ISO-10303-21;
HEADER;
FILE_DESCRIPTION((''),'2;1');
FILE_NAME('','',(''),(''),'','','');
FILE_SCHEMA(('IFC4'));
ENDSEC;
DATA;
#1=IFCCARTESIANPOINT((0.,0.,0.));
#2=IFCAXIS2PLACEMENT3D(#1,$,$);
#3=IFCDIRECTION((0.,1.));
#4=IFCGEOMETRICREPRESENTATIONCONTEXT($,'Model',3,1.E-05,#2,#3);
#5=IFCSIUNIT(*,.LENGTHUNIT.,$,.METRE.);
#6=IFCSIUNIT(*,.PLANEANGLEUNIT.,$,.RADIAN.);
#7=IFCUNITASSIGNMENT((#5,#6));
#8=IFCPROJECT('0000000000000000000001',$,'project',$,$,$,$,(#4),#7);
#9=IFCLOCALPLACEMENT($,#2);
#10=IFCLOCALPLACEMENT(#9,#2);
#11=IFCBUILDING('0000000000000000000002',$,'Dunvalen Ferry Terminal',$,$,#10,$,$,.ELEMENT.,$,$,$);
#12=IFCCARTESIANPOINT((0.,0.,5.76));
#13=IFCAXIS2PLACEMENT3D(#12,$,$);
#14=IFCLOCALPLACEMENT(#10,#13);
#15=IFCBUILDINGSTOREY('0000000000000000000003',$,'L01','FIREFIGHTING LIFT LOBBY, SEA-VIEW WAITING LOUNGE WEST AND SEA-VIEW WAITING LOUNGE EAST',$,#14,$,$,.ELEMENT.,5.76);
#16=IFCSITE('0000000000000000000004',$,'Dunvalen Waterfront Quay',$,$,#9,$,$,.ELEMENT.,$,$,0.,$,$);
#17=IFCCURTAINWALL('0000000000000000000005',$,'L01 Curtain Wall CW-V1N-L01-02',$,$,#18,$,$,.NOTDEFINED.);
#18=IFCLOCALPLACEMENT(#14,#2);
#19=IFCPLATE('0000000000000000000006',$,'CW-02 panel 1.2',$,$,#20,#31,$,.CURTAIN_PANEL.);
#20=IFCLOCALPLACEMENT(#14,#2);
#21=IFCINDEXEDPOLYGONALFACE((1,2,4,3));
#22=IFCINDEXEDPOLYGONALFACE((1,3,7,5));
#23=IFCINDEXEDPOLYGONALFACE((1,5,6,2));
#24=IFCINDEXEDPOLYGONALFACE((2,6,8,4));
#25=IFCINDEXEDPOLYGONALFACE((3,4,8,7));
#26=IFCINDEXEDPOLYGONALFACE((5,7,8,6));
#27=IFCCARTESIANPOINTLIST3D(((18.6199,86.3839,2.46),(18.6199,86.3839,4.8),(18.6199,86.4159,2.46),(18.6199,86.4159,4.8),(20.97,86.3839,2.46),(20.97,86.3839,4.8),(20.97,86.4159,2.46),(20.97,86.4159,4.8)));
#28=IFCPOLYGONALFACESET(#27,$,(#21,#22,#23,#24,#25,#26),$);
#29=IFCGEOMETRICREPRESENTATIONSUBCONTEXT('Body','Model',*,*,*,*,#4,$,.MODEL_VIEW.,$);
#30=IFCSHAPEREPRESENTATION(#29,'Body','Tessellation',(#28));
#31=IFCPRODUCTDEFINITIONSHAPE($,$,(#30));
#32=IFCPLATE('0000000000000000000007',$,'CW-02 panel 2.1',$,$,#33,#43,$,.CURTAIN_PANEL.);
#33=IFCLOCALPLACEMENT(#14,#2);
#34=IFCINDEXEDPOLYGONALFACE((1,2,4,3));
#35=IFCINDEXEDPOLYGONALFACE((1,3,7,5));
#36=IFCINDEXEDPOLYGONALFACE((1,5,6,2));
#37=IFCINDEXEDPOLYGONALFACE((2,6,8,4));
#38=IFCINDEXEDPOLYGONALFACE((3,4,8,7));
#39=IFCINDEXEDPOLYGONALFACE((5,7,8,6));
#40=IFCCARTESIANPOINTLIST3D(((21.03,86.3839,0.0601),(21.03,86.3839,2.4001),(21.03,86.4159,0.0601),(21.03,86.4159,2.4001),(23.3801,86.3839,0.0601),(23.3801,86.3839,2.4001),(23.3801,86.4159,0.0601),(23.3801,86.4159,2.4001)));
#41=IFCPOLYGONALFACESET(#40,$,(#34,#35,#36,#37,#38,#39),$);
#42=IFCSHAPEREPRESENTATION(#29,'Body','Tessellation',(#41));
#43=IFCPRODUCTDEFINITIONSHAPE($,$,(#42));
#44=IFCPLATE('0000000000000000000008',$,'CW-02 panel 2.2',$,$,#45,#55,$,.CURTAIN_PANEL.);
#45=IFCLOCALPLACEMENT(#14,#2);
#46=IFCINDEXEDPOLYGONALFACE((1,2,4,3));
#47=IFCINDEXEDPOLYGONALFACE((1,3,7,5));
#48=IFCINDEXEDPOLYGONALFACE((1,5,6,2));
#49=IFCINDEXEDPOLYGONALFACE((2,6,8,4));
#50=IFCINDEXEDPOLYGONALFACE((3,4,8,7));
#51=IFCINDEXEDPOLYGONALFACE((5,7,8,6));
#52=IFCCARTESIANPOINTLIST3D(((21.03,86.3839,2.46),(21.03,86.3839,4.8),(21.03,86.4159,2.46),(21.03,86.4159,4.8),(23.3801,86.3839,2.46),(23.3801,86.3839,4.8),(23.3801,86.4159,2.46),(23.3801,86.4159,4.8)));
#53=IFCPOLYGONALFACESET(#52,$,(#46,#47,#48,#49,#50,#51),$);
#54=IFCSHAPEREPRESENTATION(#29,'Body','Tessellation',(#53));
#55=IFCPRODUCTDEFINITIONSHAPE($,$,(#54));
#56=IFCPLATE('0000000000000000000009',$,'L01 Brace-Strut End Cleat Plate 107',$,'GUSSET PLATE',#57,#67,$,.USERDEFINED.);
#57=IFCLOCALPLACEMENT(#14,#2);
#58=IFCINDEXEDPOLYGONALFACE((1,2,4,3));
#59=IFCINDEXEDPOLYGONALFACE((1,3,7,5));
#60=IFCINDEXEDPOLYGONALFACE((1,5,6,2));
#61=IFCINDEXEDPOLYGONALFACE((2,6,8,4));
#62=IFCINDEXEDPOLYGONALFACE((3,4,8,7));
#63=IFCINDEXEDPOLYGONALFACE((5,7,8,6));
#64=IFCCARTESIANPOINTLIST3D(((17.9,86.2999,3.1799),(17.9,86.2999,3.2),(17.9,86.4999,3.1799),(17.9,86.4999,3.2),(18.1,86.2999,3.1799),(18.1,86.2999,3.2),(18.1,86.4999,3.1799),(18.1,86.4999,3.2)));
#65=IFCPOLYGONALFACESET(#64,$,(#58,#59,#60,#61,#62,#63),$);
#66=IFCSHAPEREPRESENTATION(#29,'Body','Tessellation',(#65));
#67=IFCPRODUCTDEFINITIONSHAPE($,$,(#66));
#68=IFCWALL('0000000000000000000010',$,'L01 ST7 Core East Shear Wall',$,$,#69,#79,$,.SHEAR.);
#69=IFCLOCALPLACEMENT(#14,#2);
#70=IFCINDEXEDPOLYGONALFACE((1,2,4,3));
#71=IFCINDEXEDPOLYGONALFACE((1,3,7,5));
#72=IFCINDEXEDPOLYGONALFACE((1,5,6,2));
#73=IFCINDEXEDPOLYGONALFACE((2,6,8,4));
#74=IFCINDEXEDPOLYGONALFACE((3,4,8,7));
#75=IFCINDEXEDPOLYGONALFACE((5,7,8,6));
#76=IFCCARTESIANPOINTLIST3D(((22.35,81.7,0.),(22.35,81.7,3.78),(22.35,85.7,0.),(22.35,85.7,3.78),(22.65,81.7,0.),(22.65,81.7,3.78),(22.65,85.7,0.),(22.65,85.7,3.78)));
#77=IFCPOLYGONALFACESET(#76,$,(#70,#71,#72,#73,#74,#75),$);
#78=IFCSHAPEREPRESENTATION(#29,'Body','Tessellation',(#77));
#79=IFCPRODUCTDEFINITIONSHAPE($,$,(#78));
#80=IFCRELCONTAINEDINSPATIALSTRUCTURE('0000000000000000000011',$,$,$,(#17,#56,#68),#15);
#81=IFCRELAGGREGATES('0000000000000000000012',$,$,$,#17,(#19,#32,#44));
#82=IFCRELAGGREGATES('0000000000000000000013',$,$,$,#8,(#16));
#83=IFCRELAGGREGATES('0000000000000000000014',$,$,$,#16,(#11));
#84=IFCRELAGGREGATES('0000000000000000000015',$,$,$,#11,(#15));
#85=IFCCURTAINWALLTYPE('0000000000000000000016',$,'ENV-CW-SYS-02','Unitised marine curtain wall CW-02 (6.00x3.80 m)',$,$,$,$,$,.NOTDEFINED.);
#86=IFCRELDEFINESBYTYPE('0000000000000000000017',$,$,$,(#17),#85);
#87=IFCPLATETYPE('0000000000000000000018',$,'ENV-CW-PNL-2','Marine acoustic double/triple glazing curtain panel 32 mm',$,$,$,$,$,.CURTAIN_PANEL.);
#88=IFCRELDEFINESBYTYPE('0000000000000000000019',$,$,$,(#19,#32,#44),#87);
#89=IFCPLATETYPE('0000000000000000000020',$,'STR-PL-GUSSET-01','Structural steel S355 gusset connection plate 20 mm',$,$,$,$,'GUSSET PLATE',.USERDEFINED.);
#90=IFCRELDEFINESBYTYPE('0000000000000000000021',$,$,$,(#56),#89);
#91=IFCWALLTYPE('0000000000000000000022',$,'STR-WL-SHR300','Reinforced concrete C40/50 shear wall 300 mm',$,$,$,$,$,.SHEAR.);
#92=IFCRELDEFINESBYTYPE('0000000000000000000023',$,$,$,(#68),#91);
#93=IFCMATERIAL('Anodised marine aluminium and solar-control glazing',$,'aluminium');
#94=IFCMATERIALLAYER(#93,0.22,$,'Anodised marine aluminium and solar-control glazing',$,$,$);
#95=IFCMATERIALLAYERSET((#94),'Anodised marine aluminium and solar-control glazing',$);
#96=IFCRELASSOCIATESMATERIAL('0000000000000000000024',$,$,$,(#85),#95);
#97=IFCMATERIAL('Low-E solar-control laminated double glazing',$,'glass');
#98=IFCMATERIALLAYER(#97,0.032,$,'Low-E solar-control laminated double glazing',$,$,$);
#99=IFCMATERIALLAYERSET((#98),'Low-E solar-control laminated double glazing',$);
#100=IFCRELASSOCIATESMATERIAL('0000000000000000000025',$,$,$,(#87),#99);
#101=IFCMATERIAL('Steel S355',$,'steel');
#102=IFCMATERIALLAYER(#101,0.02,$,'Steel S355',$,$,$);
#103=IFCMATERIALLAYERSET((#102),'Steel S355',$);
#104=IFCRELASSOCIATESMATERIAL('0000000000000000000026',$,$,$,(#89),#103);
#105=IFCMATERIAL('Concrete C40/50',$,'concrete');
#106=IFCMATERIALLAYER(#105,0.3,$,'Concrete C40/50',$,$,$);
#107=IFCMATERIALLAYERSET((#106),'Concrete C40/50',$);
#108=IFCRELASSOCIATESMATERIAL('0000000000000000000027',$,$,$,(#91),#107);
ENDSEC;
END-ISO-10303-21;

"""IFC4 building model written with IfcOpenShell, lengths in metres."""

from ifc_helpers import new_model, si_unit, direction, frame, frame_2d, origin, origin_2d, place, context, subcontext, project, spatial, rectangle, extrude, material, layer, layer_set, type_object, element, aggregate, save


model = new_model("IFC4")

# Units and contexts
model_context = context("Model", 3, precision=1e-05, world=origin(), true_north=direction((0.0, 1.0)))
body_context = subcontext(model_context, "Body", "Model", "MODEL_VIEW")
ifc_project = project(units=[si_unit("LENGTHUNIT", "METRE"), si_unit("PLANEANGLEUNIT", "RADIAN")], contexts=[model_context])

# Site, building, storey
site_placement = place(None, origin())
site = spatial("IfcSite", under=ifc_project, at=site_placement, Name="Dunvalen Waterfront Quay", CompositionType="ELEMENT", RefElevation=0.0)
building_placement = place(site_placement, origin())
building = spatial("IfcBuilding", under=site, at=building_placement, Name="Dunvalen Ferry Terminal", CompositionType="ELEMENT")
storey_placement = place(building_placement, frame((0.0, 0.0, 5.76)))
storey = spatial("IfcBuildingStorey", under=building, at=storey_placement, Name="L01", Description="FIREFIGHTING LIFT LOBBY, SEA-VIEW WAITING LOUNGE WEST AND SEA-VIEW WAITING LOUNGE EAST", CompositionType="ELEMENT", Elevation=5.76)

# Shared definitions
ifc_material_1 = material(Name="Concrete C40/50", Category="concrete")

# Curtain wall
ifc_material_2 = material(Name="Anodised marine aluminium and solar-control glazing", Category="aluminium")
ifc_layer_1 = layer(ifc_material_2, 0.22, Name="Anodised marine aluminium and solar-control glazing")
ifc_layer_set_1 = layer_set([ifc_layer_1], Name="Anodised marine aluminium and solar-control glazing")
curtain_wall_type = type_object("IfcCurtainWallType", Name="ENV-CW-SYS-02", Description="Unitised marine curtain wall CW-02 (6.00x3.80 m)", PredefinedType="NOTDEFINED", material=ifc_layer_set_1)
curtain_wall_placement = place(storey_placement, origin())
curtain_wall = element("IfcCurtainWall", 1, at=curtain_wall_placement, inside=storey, type_object=curtain_wall_type, Name="L01 Curtain Wall CW-V1N-L01-02", PredefinedType="NOTDEFINED")

# Shared definitions
ifc_material_3 = material(Name="Steel S355", Category="steel")

# Plates
ifc_material_4 = material(Name="Low-E solar-control laminated double glazing", Category="glass")
ifc_layer_2 = layer(ifc_material_4, 0.032, Name="Low-E solar-control laminated double glazing")
ifc_layer_set_2 = layer_set([ifc_layer_2], Name="Low-E solar-control laminated double glazing")
plate_type_1 = type_object("IfcPlateType", Name="ENV-CW-PNL-2", Description="Marine acoustic double/triple glazing curtain panel 32 mm", PredefinedType="CURTAIN_PANEL", material=ifc_layer_set_2)
plate_1_placement = place(storey_placement, frame((19.7949, 86.3999, 2.46), z_axis=(0.0, 0.0, 1.0), x_axis=(1.0, 0.0, 0.0)))
plate_1 = element("IfcPlate", 2, at=plate_1_placement, type_object=plate_type_1, Name="CW-02 panel 1.2", PredefinedType="CURTAIN_PANEL", context=body_context, shape_type="SweptSolid", body=[
    extrude(rectangle(XDim=2.3501, YDim=0.032, at=origin_2d()), origin(), (0.0, 0.0, 1.0), 2.3401),
])
plate_2_placement = place(storey_placement, frame((22.2051, 86.3999, 0.0601), z_axis=(0.0, 0.0, 1.0), x_axis=(1.0, 0.0, 0.0)))
plate_2 = element("IfcPlate", 3, at=plate_2_placement, type_object=plate_type_1, Name="CW-02 panel 2.1", PredefinedType="CURTAIN_PANEL", context=body_context, shape_type="SweptSolid", body=[
    extrude(rectangle(XDim=2.3501, YDim=0.032, at=origin_2d()), origin(), (0.0, 0.0, 1.0), 2.3401),
])
plate_3_placement = place(storey_placement, frame((22.2051, 86.3999, 2.46), z_axis=(0.0, 0.0, 1.0), x_axis=(1.0, 0.0, 0.0)))
plate_3 = element("IfcPlate", 4, at=plate_3_placement, type_object=plate_type_1, Name="CW-02 panel 2.2", PredefinedType="CURTAIN_PANEL", context=body_context, shape_type="SweptSolid", body=[
    extrude(rectangle(XDim=2.3501, YDim=0.032, at=origin_2d()), origin(), (0.0, 0.0, 1.0), 2.3401),
])
aggregate(curtain_wall, [plate_1, plate_2, plate_3])
ifc_layer_3 = layer(ifc_material_3, 0.02, Name="Steel S355")
ifc_layer_set_3 = layer_set([ifc_layer_3], Name="Steel S355")
plate_type_2 = type_object("IfcPlateType", Name="STR-PL-GUSSET-01", Description="Structural steel S355 gusset connection plate 20 mm", ElementType="GUSSET PLATE", PredefinedType="USERDEFINED", material=ifc_layer_set_3)
plate_4_placement = place(storey_placement, frame((18.0, 86.3999, 3.1799), z_axis=(0.0, 0.0, 1.0), x_axis=(1.0, 0.0, 0.0)))
element("IfcPlate", 5, at=plate_4_placement, inside=storey, type_object=plate_type_2, Name="L01 Brace-Strut End Cleat Plate 107", ObjectType="GUSSET PLATE", PredefinedType="USERDEFINED", context=body_context, shape_type="SweptSolid", body=[
    extrude(rectangle(XDim=0.2, YDim=0.2, at=origin_2d()), origin(), (0.0, 0.0, 1.0), 0.02),
])

# Wall
ifc_layer_4 = layer(ifc_material_1, 0.3, Name="Concrete C40/50")
ifc_layer_set_4 = layer_set([ifc_layer_4], Name="Concrete C40/50")
wall_type = type_object("IfcWallType", Name="STR-WL-SHR300", Description="Reinforced concrete C40/50 shear wall 300 mm", PredefinedType="SHEAR", material=ifc_layer_set_4)
wall_placement = place(storey_placement, frame((22.5, 81.7, 0.0), z_axis=(0.0, 0.0, 1.0), x_axis=(0.0, 1.0, 0.0)))
element("IfcWall", 6, at=wall_placement, inside=storey, type_object=wall_type, Name="L01 ST7 Core East Shear Wall", PredefinedType="SHEAR", context=body_context, shape_type="SweptSolid", body=[
    extrude(rectangle(XDim=4.0, YDim=0.3, at=frame_2d((2.0, 0.0))), origin(), (0.0, 0.0, 1.0), 3.78),
])

save(model, "model.ifc")
